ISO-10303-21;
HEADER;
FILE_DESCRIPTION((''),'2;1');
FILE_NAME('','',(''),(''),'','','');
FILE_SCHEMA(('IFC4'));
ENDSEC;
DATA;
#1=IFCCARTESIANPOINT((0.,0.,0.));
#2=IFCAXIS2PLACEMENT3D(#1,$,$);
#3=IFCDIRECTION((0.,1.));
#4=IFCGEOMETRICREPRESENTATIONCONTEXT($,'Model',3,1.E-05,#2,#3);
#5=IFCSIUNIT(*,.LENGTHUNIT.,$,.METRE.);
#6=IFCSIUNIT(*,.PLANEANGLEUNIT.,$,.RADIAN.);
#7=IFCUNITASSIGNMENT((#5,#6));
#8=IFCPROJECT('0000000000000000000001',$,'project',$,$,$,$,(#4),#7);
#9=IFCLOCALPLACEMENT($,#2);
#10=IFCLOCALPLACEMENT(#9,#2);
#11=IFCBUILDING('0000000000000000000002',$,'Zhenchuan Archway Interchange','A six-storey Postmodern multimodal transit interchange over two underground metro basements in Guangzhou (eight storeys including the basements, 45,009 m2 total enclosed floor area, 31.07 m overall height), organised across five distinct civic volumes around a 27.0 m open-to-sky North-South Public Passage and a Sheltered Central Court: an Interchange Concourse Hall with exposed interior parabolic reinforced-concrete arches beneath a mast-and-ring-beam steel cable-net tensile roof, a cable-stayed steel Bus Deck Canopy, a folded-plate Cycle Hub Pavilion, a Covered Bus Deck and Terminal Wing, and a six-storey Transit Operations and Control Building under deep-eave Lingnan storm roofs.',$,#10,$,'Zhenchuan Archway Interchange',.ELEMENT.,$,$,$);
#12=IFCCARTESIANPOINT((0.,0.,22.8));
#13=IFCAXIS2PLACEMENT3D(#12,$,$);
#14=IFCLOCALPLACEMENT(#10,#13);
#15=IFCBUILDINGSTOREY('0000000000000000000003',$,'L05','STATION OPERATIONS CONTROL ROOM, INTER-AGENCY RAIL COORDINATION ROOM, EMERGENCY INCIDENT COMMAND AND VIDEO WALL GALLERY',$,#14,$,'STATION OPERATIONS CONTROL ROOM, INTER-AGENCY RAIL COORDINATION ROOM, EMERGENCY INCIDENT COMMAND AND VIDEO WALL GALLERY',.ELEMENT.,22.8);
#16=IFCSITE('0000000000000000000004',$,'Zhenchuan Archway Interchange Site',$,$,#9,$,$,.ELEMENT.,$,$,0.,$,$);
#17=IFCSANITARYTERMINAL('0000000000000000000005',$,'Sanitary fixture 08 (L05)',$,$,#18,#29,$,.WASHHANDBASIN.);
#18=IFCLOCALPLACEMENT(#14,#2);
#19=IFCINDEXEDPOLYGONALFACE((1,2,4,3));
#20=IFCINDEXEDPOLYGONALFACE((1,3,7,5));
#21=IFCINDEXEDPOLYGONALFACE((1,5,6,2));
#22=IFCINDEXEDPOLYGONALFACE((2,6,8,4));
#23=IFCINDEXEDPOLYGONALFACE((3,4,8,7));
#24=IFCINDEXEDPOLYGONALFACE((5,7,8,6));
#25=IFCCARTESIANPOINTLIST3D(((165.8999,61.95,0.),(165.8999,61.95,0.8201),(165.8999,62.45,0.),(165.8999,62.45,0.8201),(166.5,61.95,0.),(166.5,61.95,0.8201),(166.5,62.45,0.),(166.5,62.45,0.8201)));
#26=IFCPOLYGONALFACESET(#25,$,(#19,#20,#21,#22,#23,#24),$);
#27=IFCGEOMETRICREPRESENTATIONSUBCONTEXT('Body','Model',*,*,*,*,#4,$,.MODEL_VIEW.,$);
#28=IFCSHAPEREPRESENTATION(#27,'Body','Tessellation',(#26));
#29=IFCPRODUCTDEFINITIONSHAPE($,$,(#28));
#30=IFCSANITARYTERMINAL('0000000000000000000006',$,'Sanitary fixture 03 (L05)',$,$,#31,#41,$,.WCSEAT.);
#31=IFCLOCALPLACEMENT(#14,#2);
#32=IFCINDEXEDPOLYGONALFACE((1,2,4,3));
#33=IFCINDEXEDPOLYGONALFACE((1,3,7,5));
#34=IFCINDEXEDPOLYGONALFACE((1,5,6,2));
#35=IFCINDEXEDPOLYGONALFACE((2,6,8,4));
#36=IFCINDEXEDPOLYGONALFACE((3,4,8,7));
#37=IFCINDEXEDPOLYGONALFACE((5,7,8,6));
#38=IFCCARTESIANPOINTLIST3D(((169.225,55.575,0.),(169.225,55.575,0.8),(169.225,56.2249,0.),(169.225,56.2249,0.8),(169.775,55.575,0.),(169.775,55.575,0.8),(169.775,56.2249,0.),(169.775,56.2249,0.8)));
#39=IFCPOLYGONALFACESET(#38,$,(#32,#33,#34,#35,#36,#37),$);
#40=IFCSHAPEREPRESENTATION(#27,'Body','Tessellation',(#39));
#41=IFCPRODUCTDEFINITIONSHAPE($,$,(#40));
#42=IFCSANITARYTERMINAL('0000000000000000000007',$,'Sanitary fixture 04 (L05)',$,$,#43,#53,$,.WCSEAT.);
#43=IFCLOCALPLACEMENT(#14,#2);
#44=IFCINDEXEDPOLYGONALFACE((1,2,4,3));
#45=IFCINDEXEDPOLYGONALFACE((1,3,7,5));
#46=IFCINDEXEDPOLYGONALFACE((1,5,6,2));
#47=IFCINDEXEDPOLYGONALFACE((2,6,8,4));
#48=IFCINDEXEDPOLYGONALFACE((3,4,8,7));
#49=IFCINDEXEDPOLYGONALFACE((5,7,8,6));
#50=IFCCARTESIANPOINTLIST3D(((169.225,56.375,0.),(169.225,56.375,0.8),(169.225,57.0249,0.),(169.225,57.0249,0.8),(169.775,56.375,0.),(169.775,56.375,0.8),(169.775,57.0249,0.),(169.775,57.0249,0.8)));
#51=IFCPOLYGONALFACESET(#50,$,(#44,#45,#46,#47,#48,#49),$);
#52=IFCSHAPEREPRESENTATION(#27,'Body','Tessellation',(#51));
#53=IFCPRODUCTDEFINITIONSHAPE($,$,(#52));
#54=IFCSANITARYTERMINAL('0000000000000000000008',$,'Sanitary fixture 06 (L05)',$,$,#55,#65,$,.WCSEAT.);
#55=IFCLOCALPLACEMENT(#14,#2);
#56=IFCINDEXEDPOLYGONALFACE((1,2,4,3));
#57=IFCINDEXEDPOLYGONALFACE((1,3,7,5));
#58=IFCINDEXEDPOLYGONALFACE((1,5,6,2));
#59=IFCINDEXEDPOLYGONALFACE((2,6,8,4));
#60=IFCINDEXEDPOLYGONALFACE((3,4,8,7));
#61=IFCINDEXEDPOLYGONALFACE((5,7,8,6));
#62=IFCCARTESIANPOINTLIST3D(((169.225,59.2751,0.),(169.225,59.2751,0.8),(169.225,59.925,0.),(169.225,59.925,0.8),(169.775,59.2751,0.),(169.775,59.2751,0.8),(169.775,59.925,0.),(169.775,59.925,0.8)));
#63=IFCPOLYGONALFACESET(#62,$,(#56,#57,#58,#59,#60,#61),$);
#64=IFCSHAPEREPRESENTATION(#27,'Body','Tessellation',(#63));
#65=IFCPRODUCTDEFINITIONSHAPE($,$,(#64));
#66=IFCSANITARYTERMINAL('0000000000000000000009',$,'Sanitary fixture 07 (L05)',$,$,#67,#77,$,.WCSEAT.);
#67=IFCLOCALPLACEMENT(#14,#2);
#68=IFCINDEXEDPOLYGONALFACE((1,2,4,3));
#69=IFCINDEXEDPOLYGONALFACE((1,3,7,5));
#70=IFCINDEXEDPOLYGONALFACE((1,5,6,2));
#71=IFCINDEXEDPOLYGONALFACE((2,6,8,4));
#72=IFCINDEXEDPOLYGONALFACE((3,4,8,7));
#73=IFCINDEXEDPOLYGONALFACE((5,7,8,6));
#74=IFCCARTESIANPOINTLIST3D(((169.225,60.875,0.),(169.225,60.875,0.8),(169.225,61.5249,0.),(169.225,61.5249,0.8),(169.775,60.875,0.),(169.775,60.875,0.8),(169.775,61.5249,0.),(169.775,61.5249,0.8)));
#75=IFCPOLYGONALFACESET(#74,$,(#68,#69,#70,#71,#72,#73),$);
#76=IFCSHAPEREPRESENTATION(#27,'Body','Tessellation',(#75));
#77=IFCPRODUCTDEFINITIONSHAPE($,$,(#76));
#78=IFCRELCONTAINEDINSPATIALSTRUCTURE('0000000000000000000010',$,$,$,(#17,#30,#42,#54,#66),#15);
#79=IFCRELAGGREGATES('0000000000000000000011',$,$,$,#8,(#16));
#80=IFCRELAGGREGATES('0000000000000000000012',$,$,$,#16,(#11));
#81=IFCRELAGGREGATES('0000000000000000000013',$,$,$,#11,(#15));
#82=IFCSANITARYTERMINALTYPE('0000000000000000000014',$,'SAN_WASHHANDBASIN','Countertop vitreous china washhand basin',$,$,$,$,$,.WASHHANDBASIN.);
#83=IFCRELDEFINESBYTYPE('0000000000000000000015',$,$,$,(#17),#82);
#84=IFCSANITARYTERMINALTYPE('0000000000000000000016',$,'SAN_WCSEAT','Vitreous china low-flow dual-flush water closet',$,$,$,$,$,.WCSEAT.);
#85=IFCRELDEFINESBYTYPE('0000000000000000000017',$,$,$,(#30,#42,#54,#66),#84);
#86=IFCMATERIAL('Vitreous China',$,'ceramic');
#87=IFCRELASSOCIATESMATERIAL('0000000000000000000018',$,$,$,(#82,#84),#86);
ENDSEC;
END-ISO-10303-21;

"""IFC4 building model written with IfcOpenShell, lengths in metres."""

from ifc_helpers import new_model, si_unit, direction, frame, origin, origin_2d, place, context, subcontext, project, spatial, rectangle, extrude, material, type_object, element, save


model = new_model("IFC4")

# Units and contexts
model_context = context("Model", 3, precision=1e-05, world=origin(), true_north=direction((0.0, 1.0)))
body_context = subcontext(model_context, "Body", "Model", "MODEL_VIEW")
ifc_project = project(units=[si_unit("LENGTHUNIT", "METRE"), si_unit("PLANEANGLEUNIT", "RADIAN")], contexts=[model_context])

# Site, building, storey
site_placement = place(None, origin())
site = spatial("IfcSite", under=ifc_project, at=site_placement, Name="Zhenchuan Archway Interchange Site", CompositionType="ELEMENT", RefElevation=0.0)
building_placement = place(site_placement, origin())
building = spatial("IfcBuilding", under=site, at=building_placement, Name="Zhenchuan Archway Interchange", Description="A six-storey Postmodern multimodal transit interchange over two underground metro basements in Guangzhou (eight storeys including the basements, 45,009 m2 total enclosed floor area, 31.07 m overall height), organised across five distinct civic volumes around a 27.0 m open-to-sky North-South Public Passage and a Sheltered Central Court: an Interchange Concourse Hall with exposed interior parabolic reinforced-concrete arches beneath a mast-and-ring-beam steel cable-net tensile roof, a cable-stayed steel Bus Deck Canopy, a folded-plate Cycle Hub Pavilion, a Covered Bus Deck and Terminal Wing, and a six-storey Transit Operations and Control Building under deep-eave Lingnan storm roofs.", LongName="Zhenchuan Archway Interchange", CompositionType="ELEMENT")
storey_placement = place(building_placement, frame((0.0, 0.0, 22.8)))
storey = spatial("IfcBuildingStorey", under=building, at=storey_placement, Name="L05", Description="STATION OPERATIONS CONTROL ROOM, INTER-AGENCY RAIL COORDINATION ROOM, EMERGENCY INCIDENT COMMAND AND VIDEO WALL GALLERY", LongName="STATION OPERATIONS CONTROL ROOM, INTER-AGENCY RAIL COORDINATION ROOM, EMERGENCY INCIDENT COMMAND AND VIDEO WALL GALLERY", CompositionType="ELEMENT", Elevation=22.8)

# Sanitary terminals
ifc_material_1 = material(Name="Vitreous China", Category="ceramic")
sanitary_terminal_type_1 = type_object("IfcSanitaryTerminalType", Name="SAN_WASHHANDBASIN", Description="Countertop vitreous china washhand basin", PredefinedType="WASHHANDBASIN", material=ifc_material_1)
for number, where, z_axis, x_axis, name in (
    (1, (166.2, 62.2, 0.0), (0.0, 0.0, 1.0), (1.0, 0.0, 0.0), "Sanitary fixture 08 (L05)"),
):
    element("IfcSanitaryTerminal", number, at=place(storey_placement, frame(where, z_axis=z_axis, x_axis=x_axis)), inside=storey, type_object=sanitary_terminal_type_1, Name=name, PredefinedType="WASHHANDBASIN", context=body_context, shape_type="SweptSolid", body=[
        extrude(rectangle(XDim=0.6001, YDim=0.5, at=origin_2d()), origin(), (0.0, 0.0, 1.0), 0.8201),
    ])
sanitary_terminal_type_2 = type_object("IfcSanitaryTerminalType", Name="SAN_WCSEAT", Description="Vitreous china low-flow dual-flush water closet", PredefinedType="WCSEAT", material=ifc_material_1)
for number, where, z_axis, x_axis, name in (
    (2, (169.5, 55.8999, 0.0), (0.0, 0.0, 1.0), (1.0, 0.0, 0.0), "Sanitary fixture 03 (L05)"),
    (3, (169.5, 56.7, 0.0), (0.0, 0.0, 1.0), (1.0, 0.0, 0.0), "Sanitary fixture 04 (L05)"),
    (4, (169.5, 59.6001, 0.0), (0.0, 0.0, 1.0), (1.0, 0.0, 0.0), "Sanitary fixture 06 (L05)"),
    (5, (169.5, 61.2, 0.0), (0.0, 0.0, 1.0), (1.0, 0.0, 0.0), "Sanitary fixture 07 (L05)"),
):
    element("IfcSanitaryTerminal", number, at=place(storey_placement, frame(where, z_axis=z_axis, x_axis=x_axis)), inside=storey, type_object=sanitary_terminal_type_2, Name=name, PredefinedType="WCSEAT", context=body_context, shape_type="SweptSolid", body=[
        extrude(rectangle(XDim=0.55, YDim=0.6499, at=origin_2d()), origin(), (0.0, 0.0, 1.0), 0.8),
    ])

save(model, "model.ifc")
